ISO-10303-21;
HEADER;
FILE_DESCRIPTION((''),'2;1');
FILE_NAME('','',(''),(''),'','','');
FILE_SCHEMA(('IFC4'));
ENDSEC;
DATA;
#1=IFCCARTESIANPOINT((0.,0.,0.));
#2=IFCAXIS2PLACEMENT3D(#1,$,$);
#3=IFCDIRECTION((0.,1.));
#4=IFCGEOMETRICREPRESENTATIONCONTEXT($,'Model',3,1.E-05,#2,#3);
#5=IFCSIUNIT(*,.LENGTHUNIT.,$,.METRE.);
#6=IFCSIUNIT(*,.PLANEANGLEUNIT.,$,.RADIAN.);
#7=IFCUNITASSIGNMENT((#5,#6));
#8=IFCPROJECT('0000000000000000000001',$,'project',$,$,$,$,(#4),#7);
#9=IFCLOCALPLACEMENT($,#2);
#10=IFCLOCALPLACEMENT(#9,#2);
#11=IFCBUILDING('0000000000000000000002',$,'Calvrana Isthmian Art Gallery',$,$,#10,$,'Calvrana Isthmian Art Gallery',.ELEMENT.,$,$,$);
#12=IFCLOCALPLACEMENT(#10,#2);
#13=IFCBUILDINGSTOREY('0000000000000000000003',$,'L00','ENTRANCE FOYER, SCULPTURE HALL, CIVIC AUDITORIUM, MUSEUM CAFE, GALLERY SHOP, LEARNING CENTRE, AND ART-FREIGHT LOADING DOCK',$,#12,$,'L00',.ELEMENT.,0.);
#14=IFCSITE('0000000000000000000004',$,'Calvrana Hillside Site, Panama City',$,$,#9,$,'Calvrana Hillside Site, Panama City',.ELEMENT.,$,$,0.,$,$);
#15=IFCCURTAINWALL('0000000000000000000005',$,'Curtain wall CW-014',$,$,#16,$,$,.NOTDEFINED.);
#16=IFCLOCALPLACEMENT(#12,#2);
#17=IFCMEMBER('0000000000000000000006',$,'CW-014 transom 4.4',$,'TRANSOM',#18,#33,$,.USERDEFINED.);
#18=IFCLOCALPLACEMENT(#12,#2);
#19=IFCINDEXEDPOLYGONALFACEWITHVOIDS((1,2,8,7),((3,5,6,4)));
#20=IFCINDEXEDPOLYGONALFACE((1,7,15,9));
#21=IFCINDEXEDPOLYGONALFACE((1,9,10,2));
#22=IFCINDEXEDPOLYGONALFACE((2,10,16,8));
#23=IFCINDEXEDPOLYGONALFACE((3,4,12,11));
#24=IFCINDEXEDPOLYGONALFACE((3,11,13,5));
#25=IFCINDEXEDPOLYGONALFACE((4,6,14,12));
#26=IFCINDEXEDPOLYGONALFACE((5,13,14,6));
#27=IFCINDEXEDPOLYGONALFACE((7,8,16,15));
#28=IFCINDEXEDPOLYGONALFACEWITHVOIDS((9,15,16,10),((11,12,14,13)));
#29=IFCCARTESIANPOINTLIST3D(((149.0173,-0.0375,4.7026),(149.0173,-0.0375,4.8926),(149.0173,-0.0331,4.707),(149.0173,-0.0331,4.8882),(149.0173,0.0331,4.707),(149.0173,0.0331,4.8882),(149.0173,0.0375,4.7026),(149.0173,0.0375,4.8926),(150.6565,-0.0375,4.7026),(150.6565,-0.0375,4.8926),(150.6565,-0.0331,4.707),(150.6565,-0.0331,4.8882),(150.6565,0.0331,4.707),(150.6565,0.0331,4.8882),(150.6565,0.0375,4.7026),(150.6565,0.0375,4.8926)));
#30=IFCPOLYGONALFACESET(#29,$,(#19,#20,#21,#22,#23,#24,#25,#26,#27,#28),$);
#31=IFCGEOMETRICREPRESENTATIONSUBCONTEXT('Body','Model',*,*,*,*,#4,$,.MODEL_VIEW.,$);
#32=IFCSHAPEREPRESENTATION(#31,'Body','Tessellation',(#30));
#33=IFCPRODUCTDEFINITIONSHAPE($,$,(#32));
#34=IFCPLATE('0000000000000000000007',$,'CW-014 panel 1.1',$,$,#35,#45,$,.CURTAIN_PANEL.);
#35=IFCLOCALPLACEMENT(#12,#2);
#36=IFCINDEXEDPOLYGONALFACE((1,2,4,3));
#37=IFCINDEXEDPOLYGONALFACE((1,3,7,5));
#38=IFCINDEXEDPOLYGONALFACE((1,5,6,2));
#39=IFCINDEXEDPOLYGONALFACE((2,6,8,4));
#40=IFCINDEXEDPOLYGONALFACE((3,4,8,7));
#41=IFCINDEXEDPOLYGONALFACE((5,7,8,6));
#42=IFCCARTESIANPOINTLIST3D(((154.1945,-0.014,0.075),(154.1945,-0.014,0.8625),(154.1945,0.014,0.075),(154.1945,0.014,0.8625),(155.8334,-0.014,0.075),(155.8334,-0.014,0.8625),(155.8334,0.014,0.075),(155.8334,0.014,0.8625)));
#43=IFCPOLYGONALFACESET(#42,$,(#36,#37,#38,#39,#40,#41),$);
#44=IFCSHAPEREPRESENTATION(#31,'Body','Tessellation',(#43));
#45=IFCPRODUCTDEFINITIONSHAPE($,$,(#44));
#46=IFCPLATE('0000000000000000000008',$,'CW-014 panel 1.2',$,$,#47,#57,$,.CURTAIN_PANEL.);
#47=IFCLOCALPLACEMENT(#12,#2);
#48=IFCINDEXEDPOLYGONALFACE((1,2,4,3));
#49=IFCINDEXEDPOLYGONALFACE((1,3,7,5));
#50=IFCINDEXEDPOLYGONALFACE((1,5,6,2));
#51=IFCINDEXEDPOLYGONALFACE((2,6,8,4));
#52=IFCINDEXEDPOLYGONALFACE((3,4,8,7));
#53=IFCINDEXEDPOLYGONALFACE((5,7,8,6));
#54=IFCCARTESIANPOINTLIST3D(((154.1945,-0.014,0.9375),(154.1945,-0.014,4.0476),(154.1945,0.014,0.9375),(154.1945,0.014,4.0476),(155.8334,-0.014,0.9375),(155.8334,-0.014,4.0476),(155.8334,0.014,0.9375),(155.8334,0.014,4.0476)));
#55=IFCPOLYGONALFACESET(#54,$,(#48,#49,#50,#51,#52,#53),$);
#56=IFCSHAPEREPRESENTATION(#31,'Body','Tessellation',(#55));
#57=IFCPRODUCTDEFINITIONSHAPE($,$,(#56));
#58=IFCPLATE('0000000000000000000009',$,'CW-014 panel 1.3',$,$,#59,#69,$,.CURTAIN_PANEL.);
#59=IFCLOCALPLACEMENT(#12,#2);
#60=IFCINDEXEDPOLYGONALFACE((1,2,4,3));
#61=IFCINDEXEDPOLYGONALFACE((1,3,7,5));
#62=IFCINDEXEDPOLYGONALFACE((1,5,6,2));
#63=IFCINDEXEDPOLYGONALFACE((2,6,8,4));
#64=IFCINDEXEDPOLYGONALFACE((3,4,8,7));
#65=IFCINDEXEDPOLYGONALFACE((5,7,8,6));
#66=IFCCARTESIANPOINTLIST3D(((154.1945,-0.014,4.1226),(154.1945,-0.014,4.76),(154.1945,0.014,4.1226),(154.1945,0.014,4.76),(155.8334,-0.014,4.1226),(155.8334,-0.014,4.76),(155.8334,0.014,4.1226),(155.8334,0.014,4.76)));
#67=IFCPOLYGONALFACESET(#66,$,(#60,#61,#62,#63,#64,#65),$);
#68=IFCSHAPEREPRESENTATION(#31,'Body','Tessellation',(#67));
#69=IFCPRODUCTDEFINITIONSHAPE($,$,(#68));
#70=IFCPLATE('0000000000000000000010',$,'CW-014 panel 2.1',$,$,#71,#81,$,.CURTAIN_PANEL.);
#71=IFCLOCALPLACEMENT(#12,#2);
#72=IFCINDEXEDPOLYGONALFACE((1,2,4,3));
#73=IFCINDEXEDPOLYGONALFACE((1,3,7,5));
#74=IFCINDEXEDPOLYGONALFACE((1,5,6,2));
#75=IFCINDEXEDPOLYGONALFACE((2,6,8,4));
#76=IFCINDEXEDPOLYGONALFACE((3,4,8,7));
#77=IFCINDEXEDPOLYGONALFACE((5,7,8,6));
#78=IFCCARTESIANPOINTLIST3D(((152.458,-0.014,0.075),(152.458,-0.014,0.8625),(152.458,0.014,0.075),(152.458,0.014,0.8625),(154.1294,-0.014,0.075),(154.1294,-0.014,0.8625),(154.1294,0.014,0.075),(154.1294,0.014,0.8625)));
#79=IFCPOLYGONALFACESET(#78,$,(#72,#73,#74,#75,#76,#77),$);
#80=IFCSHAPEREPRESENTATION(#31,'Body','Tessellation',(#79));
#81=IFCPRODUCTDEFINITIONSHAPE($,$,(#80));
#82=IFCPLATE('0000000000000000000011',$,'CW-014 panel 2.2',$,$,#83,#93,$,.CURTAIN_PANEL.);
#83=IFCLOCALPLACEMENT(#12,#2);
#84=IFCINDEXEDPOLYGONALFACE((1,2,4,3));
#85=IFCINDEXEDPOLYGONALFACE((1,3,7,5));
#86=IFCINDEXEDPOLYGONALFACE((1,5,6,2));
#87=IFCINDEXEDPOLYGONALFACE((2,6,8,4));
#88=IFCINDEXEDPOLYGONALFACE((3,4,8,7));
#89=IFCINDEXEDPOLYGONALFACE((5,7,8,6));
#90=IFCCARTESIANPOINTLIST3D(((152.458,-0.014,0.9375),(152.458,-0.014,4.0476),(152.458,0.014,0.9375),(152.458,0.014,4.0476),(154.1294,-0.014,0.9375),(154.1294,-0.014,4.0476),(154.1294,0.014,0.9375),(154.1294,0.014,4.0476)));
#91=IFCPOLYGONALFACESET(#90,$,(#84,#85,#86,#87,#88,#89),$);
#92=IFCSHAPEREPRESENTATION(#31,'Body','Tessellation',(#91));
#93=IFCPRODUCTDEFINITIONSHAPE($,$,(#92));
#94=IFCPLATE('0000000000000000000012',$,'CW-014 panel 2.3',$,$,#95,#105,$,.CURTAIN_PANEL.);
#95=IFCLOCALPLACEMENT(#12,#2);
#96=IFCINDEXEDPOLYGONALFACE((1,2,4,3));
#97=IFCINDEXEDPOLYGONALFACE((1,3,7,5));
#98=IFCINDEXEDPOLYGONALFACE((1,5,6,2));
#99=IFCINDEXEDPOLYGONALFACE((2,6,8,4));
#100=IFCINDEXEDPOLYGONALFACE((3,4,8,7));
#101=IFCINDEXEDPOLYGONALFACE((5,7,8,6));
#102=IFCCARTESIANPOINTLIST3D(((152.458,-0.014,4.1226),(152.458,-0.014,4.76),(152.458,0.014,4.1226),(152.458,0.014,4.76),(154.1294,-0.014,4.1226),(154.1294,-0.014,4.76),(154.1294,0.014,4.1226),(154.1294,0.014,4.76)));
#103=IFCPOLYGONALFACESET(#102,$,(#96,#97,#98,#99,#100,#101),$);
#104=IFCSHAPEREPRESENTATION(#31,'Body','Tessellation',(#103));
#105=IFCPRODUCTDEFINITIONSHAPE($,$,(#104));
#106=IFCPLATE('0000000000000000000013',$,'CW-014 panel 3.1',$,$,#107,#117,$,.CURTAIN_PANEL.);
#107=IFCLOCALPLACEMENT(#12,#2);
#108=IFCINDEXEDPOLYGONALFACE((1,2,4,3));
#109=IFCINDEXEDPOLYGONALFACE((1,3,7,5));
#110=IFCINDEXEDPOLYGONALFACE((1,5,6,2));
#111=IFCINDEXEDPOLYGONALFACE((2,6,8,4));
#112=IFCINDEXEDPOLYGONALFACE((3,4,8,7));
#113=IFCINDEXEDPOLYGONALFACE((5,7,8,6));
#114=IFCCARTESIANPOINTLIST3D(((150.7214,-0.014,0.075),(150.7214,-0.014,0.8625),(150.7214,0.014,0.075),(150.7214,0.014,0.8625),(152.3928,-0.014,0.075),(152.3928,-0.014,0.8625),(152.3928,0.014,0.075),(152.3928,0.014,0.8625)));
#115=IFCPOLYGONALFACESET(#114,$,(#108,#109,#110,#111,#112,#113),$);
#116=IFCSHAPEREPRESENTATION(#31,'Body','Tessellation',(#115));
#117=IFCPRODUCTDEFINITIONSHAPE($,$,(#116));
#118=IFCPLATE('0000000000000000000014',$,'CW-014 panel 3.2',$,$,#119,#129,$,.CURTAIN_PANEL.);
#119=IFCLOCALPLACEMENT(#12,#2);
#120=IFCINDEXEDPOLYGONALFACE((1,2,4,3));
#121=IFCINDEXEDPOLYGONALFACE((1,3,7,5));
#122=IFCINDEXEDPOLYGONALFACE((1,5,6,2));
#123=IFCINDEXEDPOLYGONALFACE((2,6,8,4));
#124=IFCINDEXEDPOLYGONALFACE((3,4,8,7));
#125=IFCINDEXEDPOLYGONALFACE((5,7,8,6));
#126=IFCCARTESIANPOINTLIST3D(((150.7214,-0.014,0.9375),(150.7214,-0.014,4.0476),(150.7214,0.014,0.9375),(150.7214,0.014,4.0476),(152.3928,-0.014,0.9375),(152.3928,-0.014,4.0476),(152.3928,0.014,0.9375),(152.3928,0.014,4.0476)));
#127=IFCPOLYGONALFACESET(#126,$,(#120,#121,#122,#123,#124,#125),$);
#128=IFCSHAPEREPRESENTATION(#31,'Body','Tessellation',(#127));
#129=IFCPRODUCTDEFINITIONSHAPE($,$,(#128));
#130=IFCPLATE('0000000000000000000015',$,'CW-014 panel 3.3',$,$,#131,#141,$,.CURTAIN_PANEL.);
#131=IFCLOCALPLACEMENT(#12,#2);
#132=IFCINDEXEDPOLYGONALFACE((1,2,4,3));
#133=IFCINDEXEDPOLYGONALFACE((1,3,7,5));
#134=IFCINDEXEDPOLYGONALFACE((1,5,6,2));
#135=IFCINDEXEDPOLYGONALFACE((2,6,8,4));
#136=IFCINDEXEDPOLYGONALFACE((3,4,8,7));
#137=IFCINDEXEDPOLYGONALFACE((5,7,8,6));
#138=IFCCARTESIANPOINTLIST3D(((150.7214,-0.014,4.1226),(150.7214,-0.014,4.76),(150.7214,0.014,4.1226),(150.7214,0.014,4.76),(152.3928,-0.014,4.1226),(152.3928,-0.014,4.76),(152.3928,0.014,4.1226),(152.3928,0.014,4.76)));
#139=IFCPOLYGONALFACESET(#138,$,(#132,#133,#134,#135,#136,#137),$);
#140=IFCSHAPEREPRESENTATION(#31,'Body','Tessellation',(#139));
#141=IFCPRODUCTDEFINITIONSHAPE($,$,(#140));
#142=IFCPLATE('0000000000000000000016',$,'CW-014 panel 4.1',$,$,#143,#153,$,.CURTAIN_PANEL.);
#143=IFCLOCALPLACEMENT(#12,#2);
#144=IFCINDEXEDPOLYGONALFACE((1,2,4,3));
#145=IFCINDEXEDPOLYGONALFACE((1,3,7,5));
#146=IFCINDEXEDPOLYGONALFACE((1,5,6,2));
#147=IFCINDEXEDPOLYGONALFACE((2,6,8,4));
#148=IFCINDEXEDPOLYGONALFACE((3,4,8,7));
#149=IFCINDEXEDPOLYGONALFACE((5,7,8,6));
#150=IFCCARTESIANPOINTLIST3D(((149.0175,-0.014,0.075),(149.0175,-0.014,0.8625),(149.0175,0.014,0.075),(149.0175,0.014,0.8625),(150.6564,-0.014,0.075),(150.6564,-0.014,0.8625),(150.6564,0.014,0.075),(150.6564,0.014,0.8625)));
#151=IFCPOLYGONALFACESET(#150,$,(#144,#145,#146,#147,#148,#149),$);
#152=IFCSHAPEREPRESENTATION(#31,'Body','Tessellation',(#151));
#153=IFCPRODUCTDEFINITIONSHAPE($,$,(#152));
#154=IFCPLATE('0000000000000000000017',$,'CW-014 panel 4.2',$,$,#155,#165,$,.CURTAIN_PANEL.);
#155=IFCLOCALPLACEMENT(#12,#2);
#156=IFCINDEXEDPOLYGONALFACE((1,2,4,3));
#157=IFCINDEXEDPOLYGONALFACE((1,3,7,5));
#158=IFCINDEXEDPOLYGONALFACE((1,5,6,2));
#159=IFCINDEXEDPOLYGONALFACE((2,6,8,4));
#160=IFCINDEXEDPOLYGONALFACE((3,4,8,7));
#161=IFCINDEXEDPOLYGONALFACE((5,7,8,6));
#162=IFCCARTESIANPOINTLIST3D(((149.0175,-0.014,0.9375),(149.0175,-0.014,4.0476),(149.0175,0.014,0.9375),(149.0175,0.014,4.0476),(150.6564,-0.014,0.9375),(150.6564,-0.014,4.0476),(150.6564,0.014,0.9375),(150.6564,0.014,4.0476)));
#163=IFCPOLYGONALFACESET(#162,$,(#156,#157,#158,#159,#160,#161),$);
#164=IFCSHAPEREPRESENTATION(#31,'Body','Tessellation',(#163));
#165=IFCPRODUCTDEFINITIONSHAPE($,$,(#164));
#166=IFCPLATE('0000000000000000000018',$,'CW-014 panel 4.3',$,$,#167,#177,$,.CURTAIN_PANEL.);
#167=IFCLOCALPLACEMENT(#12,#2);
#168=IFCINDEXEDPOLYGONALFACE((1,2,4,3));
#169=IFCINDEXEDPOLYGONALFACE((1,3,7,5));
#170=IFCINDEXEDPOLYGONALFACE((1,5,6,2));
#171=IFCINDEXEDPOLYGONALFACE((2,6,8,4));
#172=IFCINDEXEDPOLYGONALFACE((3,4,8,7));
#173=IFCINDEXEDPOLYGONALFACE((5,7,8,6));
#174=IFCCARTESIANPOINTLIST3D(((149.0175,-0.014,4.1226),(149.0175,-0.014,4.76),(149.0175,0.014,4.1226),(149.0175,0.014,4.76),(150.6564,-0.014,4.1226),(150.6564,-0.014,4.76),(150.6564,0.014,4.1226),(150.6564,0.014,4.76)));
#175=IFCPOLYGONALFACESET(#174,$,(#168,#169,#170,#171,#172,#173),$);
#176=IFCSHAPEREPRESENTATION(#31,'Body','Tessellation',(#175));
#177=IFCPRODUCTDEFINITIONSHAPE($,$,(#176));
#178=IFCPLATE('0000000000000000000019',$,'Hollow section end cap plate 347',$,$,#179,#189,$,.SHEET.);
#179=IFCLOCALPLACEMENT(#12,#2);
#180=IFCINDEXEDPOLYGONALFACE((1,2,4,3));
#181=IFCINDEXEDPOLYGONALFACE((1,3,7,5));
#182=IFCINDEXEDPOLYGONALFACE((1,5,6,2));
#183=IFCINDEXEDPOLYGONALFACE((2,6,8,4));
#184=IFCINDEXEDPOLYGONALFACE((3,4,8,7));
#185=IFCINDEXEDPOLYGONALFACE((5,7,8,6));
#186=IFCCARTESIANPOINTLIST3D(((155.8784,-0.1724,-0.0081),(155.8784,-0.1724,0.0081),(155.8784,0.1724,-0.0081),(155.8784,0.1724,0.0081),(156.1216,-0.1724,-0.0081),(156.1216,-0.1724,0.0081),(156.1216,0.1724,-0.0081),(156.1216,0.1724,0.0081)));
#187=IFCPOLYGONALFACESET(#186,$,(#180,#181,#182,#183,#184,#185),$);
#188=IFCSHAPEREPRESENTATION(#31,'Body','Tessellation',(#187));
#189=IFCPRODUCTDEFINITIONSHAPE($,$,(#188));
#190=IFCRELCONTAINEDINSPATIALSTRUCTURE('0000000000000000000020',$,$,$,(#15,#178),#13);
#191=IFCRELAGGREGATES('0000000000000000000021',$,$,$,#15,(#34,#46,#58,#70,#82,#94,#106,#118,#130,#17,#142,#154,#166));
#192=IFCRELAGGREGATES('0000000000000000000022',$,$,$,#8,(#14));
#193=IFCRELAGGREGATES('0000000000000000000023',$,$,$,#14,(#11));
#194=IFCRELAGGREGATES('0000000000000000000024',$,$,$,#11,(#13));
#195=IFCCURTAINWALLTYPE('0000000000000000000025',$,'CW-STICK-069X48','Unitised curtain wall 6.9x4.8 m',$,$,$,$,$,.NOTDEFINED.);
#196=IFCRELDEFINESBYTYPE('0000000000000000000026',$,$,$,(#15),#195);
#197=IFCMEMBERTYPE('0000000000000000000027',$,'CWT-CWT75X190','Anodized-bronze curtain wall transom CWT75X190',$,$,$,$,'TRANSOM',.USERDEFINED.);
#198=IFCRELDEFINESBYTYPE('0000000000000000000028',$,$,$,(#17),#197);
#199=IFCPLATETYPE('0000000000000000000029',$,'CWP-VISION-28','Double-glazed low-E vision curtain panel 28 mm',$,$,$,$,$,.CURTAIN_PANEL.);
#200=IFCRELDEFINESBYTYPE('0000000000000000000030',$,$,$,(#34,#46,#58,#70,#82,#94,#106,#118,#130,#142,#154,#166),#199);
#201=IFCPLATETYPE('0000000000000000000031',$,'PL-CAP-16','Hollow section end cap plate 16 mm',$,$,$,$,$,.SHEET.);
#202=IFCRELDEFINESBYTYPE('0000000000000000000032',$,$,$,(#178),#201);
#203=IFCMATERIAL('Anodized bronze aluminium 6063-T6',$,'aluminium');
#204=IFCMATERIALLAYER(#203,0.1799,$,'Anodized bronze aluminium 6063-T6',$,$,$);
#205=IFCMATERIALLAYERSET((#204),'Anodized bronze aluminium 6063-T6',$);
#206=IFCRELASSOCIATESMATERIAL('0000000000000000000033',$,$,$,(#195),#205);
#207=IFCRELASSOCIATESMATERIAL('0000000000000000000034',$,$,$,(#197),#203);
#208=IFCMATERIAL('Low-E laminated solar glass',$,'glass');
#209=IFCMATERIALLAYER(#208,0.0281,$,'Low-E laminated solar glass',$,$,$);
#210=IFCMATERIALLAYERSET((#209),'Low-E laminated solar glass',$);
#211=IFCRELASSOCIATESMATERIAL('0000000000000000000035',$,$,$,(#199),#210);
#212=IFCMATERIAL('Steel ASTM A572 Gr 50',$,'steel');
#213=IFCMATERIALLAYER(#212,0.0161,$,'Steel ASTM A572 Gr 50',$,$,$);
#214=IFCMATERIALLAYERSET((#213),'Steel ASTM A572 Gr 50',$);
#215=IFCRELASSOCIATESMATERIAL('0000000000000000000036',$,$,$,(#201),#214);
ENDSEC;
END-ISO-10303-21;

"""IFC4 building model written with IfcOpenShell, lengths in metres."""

from ifc_helpers import new_model, si_unit, direction, frame, origin, origin_2d, place, context, subcontext, project, spatial, rectangle, hollow_rectangle, extrude, material, layer, layer_set, material_profile, profile_set, type_object, element, aggregate, save


model = new_model("IFC4")

# Units and contexts
model_context = context("Model", 3, precision=1e-05, world=origin(), true_north=direction((0.0, 1.0)))
body_context = subcontext(model_context, "Body", "Model", "MODEL_VIEW")
ifc_project = project(units=[si_unit("LENGTHUNIT", "METRE"), si_unit("PLANEANGLEUNIT", "RADIAN")], contexts=[model_context])

# Site, building, storey
site_placement = place(None, origin())
site = spatial("IfcSite", under=ifc_project, at=site_placement, Name="Calvrana Hillside Site, Panama City", LongName="Calvrana Hillside Site, Panama City", CompositionType="ELEMENT", RefElevation=0.0)
building_placement = place(site_placement, origin())
building = spatial("IfcBuilding", under=site, at=building_placement, Name="Calvrana Isthmian Art Gallery", LongName="Calvrana Isthmian Art Gallery", CompositionType="ELEMENT")
storey_placement = place(building_placement, origin())
storey = spatial("IfcBuildingStorey", under=building, at=storey_placement, Name="L00", Description="ENTRANCE FOYER, SCULPTURE HALL, CIVIC AUDITORIUM, MUSEUM CAFE, GALLERY SHOP, LEARNING CENTRE, AND ART-FREIGHT LOADING DOCK", LongName="L00", CompositionType="ELEMENT", Elevation=0.0)

# Curtain wall, member, plates
ifc_material_1 = material(Name="Anodized bronze aluminium 6063-T6", Category="aluminium")
ifc_layer_1 = layer(ifc_material_1, 0.1799, Name="Anodized bronze aluminium 6063-T6")
ifc_layer_set_1 = layer_set([ifc_layer_1], Name="Anodized bronze aluminium 6063-T6")
curtain_wall_type = type_object("IfcCurtainWallType", Name="CW-STICK-069X48", Description="Unitised curtain wall 6.9x4.8 m", PredefinedType="NOTDEFINED", material=ifc_layer_set_1)
curtain_wall_placement = place(storey_placement, origin())
curtain_wall = element("IfcCurtainWall", 1, at=curtain_wall_placement, inside=storey, type_object=curtain_wall_type, Name="Curtain wall CW-014", PredefinedType="NOTDEFINED")
ifc_material_profile_1 = material_profile(ifc_material_1, hollow_rectangle(XDim=0.075, YDim=0.1899, WallThickness=0.0044, at=origin_2d()), Name="CWT75X190")
ifc_profile_set_1 = profile_set([ifc_material_profile_1], Name="Anodized bronze aluminium 6063-T6")
member_type_1 = type_object("IfcMemberType", Name="CWT-CWT75X190", Description="Anodized-bronze curtain wall transom CWT75X190", ElementType="TRANSOM", PredefinedType="USERDEFINED", material=ifc_profile_set_1)
member_1_placement = place(storey_placement, frame((150.6565, 0.0, 4.7976), z_axis=(-1.0, 0.0, 0.0), x_axis=(0.0, -1.0, 0.0)))
member_1 = element("IfcMember", 2, at=member_1_placement, type_object=member_type_1, Name="CW-014 transom 4.4", ObjectType="TRANSOM", PredefinedType="USERDEFINED", context=body_context, shape_type="SweptSolid", body=[
    extrude(hollow_rectangle(XDim=0.075, YDim=0.1899, WallThickness=0.0044, at=origin_2d()), origin(), (0.0, 0.0, 1.0), 1.6392),
])
ifc_material_2 = material(Name="Low-E laminated solar glass", Category="glass")
ifc_layer_2 = layer(ifc_material_2, 0.0281, Name="Low-E laminated solar glass")
ifc_layer_set_2 = layer_set([ifc_layer_2], Name="Low-E laminated solar glass")
plate_type_1 = type_object("IfcPlateType", Name="CWP-VISION-28", Description="Double-glazed low-E vision curtain panel 28 mm", PredefinedType="CURTAIN_PANEL", material=ifc_layer_set_2)
plate_1_placement = place(storey_placement, frame((155.0139, 0.0, 0.075), z_axis=(0.0, 0.0, 1.0), x_axis=(-1.0, 0.0, 0.0)))
plate_1 = element("IfcPlate", 3, at=plate_1_placement, type_object=plate_type_1, Name="CW-014 panel 1.1", PredefinedType="CURTAIN_PANEL", context=body_context, shape_type="SweptSolid", body=[
    extrude(rectangle(XDim=1.6389, YDim=0.0281, at=origin_2d()), origin(), (0.0, 0.0, 1.0), 0.7876),
])
plate_2_placement = place(storey_placement, frame((155.0139, 0.0, 0.9375), z_axis=(0.0, 0.0, 1.0), x_axis=(-1.0, 0.0, 0.0)))
plate_2 = element("IfcPlate", 4, at=plate_2_placement, type_object=plate_type_1, Name="CW-014 panel 1.2", PredefinedType="CURTAIN_PANEL", context=body_context, shape_type="SweptSolid", body=[
    extrude(rectangle(XDim=1.6389, YDim=0.0281, at=origin_2d()), origin(), (0.0, 0.0, 1.0), 3.1101),
])
plate_3_placement = place(storey_placement, frame((155.0139, 0.0, 4.1226), z_axis=(0.0, 0.0, 1.0), x_axis=(-1.0, 0.0, 0.0)))
plate_3 = element("IfcPlate", 5, at=plate_3_placement, type_object=plate_type_1, Name="CW-014 panel 1.3", PredefinedType="CURTAIN_PANEL", context=body_context, shape_type="SweptSolid", body=[
    extrude(rectangle(XDim=1.6389, YDim=0.0281, at=origin_2d()), origin(), (0.0, 0.0, 1.0), 0.6375),
])
plate_4_placement = place(storey_placement, frame((153.2937, 0.0, 0.075), z_axis=(0.0, 0.0, 1.0), x_axis=(-1.0, 0.0, 0.0)))
plate_4 = element("IfcPlate", 6, at=plate_4_placement, type_object=plate_type_1, Name="CW-014 panel 2.1", PredefinedType="CURTAIN_PANEL", context=body_context, shape_type="SweptSolid", body=[
    extrude(rectangle(XDim=1.6714, YDim=0.0281, at=origin_2d()), origin(), (0.0, 0.0, 1.0), 0.7876),
])
plate_5_placement = place(storey_placement, frame((153.2937, 0.0, 0.9375), z_axis=(0.0, 0.0, 1.0), x_axis=(-1.0, 0.0, 0.0)))
plate_5 = element("IfcPlate", 7, at=plate_5_placement, type_object=plate_type_1, Name="CW-014 panel 2.2", PredefinedType="CURTAIN_PANEL", context=body_context, shape_type="SweptSolid", body=[
    extrude(rectangle(XDim=1.6714, YDim=0.0281, at=origin_2d()), origin(), (0.0, 0.0, 1.0), 3.1101),
])
plate_6_placement = place(storey_placement, frame((153.2937, 0.0, 4.1226), z_axis=(0.0, 0.0, 1.0), x_axis=(-1.0, 0.0, 0.0)))
plate_6 = element("IfcPlate", 8, at=plate_6_placement, type_object=plate_type_1, Name="CW-014 panel 2.3", PredefinedType="CURTAIN_PANEL", context=body_context, shape_type="SweptSolid", body=[
    extrude(rectangle(XDim=1.6714, YDim=0.0281, at=origin_2d()), origin(), (0.0, 0.0, 1.0), 0.6375),
])
plate_7_placement = place(storey_placement, frame((151.5571, 0.0, 0.075), z_axis=(0.0, 0.0, 1.0), x_axis=(-1.0, 0.0, 0.0)))
plate_7 = element("IfcPlate", 9, at=plate_7_placement, type_object=plate_type_1, Name="CW-014 panel 3.1", PredefinedType="CURTAIN_PANEL", context=body_context, shape_type="SweptSolid", body=[
    extrude(rectangle(XDim=1.6714, YDim=0.0281, at=origin_2d()), origin(), (0.0, 0.0, 1.0), 0.7876),
])
plate_8_placement = place(storey_placement, frame((151.5571, 0.0, 0.9375), z_axis=(0.0, 0.0, 1.0), x_axis=(-1.0, 0.0, 0.0)))
plate_8 = element("IfcPlate", 10, at=plate_8_placement, type_object=plate_type_1, Name="CW-014 panel 3.2", PredefinedType="CURTAIN_PANEL", context=body_context, shape_type="SweptSolid", body=[
    extrude(rectangle(XDim=1.6714, YDim=0.0281, at=origin_2d()), origin(), (0.0, 0.0, 1.0), 3.1101),
])
plate_9_placement = place(storey_placement, frame((151.5571, 0.0, 4.1226), z_axis=(0.0, 0.0, 1.0), x_axis=(-1.0, 0.0, 0.0)))
plate_9 = element("IfcPlate", 11, at=plate_9_placement, type_object=plate_type_1, Name="CW-014 panel 3.3", PredefinedType="CURTAIN_PANEL", context=body_context, shape_type="SweptSolid", body=[
    extrude(rectangle(XDim=1.6714, YDim=0.0281, at=origin_2d()), origin(), (0.0, 0.0, 1.0), 0.6375),
])
plate_10_placement = place(storey_placement, frame((149.8369, 0.0, 0.075), z_axis=(0.0, 0.0, 1.0), x_axis=(-1.0, 0.0, 0.0)))
plate_10 = element("IfcPlate", 12, at=plate_10_placement, type_object=plate_type_1, Name="CW-014 panel 4.1", PredefinedType="CURTAIN_PANEL", context=body_context, shape_type="SweptSolid", body=[
    extrude(rectangle(XDim=1.6389, YDim=0.0281, at=origin_2d()), origin(), (0.0, 0.0, 1.0), 0.7876),
])
plate_11_placement = place(storey_placement, frame((149.8369, 0.0, 0.9375), z_axis=(0.0, 0.0, 1.0), x_axis=(-1.0, 0.0, 0.0)))
plate_11 = element("IfcPlate", 13, at=plate_11_placement, type_object=plate_type_1, Name="CW-014 panel 4.2", PredefinedType="CURTAIN_PANEL", context=body_context, shape_type="SweptSolid", body=[
    extrude(rectangle(XDim=1.6389, YDim=0.0281, at=origin_2d()), origin(), (0.0, 0.0, 1.0), 3.1101),
])
plate_12_placement = place(storey_placement, frame((149.8369, 0.0, 4.1226), z_axis=(0.0, 0.0, 1.0), x_axis=(-1.0, 0.0, 0.0)))
plate_12 = element("IfcPlate", 14, at=plate_12_placement, type_object=plate_type_1, Name="CW-014 panel 4.3", PredefinedType="CURTAIN_PANEL", context=body_context, shape_type="SweptSolid", body=[
    extrude(rectangle(XDim=1.6389, YDim=0.0281, at=origin_2d()), origin(), (0.0, 0.0, 1.0), 0.6375),
])
aggregate(curtain_wall, [plate_1, plate_2, plate_3, plate_4, plate_5, plate_6, plate_7, plate_8, plate_9, member_1, plate_10, plate_11, plate_12])

# Plate
ifc_material_3 = material(Name="Steel ASTM A572 Gr 50", Category="steel")
ifc_layer_3 = layer(ifc_material_3, 0.0161, Name="Steel ASTM A572 Gr 50")
ifc_layer_set_3 = layer_set([ifc_layer_3], Name="Steel ASTM A572 Gr 50")
plate_type_2 = type_object("IfcPlateType", Name="PL-CAP-16", Description="Hollow section end cap plate 16 mm", PredefinedType="SHEET", material=ifc_layer_set_3)
for number, where, z_axis, x_axis, name in (
    (15, (156.0, 0.0, -0.0081), (0.0, 0.0, 1.0), (1.0, 0.0, 0.0), "Hollow section end cap plate 347"),
):
    element("IfcPlate", number, at=place(storey_placement, frame(where, z_axis=z_axis, x_axis=x_axis)), inside=storey, type_object=plate_type_2, Name=name, PredefinedType="SHEET", context=body_context, shape_type="SweptSolid", body=[
        extrude(rectangle(XDim=0.2432, YDim=0.3447, at=origin_2d()), origin(), (0.0, 0.0, 1.0), 0.0161),
    ])

save(model, "model.ifc")
